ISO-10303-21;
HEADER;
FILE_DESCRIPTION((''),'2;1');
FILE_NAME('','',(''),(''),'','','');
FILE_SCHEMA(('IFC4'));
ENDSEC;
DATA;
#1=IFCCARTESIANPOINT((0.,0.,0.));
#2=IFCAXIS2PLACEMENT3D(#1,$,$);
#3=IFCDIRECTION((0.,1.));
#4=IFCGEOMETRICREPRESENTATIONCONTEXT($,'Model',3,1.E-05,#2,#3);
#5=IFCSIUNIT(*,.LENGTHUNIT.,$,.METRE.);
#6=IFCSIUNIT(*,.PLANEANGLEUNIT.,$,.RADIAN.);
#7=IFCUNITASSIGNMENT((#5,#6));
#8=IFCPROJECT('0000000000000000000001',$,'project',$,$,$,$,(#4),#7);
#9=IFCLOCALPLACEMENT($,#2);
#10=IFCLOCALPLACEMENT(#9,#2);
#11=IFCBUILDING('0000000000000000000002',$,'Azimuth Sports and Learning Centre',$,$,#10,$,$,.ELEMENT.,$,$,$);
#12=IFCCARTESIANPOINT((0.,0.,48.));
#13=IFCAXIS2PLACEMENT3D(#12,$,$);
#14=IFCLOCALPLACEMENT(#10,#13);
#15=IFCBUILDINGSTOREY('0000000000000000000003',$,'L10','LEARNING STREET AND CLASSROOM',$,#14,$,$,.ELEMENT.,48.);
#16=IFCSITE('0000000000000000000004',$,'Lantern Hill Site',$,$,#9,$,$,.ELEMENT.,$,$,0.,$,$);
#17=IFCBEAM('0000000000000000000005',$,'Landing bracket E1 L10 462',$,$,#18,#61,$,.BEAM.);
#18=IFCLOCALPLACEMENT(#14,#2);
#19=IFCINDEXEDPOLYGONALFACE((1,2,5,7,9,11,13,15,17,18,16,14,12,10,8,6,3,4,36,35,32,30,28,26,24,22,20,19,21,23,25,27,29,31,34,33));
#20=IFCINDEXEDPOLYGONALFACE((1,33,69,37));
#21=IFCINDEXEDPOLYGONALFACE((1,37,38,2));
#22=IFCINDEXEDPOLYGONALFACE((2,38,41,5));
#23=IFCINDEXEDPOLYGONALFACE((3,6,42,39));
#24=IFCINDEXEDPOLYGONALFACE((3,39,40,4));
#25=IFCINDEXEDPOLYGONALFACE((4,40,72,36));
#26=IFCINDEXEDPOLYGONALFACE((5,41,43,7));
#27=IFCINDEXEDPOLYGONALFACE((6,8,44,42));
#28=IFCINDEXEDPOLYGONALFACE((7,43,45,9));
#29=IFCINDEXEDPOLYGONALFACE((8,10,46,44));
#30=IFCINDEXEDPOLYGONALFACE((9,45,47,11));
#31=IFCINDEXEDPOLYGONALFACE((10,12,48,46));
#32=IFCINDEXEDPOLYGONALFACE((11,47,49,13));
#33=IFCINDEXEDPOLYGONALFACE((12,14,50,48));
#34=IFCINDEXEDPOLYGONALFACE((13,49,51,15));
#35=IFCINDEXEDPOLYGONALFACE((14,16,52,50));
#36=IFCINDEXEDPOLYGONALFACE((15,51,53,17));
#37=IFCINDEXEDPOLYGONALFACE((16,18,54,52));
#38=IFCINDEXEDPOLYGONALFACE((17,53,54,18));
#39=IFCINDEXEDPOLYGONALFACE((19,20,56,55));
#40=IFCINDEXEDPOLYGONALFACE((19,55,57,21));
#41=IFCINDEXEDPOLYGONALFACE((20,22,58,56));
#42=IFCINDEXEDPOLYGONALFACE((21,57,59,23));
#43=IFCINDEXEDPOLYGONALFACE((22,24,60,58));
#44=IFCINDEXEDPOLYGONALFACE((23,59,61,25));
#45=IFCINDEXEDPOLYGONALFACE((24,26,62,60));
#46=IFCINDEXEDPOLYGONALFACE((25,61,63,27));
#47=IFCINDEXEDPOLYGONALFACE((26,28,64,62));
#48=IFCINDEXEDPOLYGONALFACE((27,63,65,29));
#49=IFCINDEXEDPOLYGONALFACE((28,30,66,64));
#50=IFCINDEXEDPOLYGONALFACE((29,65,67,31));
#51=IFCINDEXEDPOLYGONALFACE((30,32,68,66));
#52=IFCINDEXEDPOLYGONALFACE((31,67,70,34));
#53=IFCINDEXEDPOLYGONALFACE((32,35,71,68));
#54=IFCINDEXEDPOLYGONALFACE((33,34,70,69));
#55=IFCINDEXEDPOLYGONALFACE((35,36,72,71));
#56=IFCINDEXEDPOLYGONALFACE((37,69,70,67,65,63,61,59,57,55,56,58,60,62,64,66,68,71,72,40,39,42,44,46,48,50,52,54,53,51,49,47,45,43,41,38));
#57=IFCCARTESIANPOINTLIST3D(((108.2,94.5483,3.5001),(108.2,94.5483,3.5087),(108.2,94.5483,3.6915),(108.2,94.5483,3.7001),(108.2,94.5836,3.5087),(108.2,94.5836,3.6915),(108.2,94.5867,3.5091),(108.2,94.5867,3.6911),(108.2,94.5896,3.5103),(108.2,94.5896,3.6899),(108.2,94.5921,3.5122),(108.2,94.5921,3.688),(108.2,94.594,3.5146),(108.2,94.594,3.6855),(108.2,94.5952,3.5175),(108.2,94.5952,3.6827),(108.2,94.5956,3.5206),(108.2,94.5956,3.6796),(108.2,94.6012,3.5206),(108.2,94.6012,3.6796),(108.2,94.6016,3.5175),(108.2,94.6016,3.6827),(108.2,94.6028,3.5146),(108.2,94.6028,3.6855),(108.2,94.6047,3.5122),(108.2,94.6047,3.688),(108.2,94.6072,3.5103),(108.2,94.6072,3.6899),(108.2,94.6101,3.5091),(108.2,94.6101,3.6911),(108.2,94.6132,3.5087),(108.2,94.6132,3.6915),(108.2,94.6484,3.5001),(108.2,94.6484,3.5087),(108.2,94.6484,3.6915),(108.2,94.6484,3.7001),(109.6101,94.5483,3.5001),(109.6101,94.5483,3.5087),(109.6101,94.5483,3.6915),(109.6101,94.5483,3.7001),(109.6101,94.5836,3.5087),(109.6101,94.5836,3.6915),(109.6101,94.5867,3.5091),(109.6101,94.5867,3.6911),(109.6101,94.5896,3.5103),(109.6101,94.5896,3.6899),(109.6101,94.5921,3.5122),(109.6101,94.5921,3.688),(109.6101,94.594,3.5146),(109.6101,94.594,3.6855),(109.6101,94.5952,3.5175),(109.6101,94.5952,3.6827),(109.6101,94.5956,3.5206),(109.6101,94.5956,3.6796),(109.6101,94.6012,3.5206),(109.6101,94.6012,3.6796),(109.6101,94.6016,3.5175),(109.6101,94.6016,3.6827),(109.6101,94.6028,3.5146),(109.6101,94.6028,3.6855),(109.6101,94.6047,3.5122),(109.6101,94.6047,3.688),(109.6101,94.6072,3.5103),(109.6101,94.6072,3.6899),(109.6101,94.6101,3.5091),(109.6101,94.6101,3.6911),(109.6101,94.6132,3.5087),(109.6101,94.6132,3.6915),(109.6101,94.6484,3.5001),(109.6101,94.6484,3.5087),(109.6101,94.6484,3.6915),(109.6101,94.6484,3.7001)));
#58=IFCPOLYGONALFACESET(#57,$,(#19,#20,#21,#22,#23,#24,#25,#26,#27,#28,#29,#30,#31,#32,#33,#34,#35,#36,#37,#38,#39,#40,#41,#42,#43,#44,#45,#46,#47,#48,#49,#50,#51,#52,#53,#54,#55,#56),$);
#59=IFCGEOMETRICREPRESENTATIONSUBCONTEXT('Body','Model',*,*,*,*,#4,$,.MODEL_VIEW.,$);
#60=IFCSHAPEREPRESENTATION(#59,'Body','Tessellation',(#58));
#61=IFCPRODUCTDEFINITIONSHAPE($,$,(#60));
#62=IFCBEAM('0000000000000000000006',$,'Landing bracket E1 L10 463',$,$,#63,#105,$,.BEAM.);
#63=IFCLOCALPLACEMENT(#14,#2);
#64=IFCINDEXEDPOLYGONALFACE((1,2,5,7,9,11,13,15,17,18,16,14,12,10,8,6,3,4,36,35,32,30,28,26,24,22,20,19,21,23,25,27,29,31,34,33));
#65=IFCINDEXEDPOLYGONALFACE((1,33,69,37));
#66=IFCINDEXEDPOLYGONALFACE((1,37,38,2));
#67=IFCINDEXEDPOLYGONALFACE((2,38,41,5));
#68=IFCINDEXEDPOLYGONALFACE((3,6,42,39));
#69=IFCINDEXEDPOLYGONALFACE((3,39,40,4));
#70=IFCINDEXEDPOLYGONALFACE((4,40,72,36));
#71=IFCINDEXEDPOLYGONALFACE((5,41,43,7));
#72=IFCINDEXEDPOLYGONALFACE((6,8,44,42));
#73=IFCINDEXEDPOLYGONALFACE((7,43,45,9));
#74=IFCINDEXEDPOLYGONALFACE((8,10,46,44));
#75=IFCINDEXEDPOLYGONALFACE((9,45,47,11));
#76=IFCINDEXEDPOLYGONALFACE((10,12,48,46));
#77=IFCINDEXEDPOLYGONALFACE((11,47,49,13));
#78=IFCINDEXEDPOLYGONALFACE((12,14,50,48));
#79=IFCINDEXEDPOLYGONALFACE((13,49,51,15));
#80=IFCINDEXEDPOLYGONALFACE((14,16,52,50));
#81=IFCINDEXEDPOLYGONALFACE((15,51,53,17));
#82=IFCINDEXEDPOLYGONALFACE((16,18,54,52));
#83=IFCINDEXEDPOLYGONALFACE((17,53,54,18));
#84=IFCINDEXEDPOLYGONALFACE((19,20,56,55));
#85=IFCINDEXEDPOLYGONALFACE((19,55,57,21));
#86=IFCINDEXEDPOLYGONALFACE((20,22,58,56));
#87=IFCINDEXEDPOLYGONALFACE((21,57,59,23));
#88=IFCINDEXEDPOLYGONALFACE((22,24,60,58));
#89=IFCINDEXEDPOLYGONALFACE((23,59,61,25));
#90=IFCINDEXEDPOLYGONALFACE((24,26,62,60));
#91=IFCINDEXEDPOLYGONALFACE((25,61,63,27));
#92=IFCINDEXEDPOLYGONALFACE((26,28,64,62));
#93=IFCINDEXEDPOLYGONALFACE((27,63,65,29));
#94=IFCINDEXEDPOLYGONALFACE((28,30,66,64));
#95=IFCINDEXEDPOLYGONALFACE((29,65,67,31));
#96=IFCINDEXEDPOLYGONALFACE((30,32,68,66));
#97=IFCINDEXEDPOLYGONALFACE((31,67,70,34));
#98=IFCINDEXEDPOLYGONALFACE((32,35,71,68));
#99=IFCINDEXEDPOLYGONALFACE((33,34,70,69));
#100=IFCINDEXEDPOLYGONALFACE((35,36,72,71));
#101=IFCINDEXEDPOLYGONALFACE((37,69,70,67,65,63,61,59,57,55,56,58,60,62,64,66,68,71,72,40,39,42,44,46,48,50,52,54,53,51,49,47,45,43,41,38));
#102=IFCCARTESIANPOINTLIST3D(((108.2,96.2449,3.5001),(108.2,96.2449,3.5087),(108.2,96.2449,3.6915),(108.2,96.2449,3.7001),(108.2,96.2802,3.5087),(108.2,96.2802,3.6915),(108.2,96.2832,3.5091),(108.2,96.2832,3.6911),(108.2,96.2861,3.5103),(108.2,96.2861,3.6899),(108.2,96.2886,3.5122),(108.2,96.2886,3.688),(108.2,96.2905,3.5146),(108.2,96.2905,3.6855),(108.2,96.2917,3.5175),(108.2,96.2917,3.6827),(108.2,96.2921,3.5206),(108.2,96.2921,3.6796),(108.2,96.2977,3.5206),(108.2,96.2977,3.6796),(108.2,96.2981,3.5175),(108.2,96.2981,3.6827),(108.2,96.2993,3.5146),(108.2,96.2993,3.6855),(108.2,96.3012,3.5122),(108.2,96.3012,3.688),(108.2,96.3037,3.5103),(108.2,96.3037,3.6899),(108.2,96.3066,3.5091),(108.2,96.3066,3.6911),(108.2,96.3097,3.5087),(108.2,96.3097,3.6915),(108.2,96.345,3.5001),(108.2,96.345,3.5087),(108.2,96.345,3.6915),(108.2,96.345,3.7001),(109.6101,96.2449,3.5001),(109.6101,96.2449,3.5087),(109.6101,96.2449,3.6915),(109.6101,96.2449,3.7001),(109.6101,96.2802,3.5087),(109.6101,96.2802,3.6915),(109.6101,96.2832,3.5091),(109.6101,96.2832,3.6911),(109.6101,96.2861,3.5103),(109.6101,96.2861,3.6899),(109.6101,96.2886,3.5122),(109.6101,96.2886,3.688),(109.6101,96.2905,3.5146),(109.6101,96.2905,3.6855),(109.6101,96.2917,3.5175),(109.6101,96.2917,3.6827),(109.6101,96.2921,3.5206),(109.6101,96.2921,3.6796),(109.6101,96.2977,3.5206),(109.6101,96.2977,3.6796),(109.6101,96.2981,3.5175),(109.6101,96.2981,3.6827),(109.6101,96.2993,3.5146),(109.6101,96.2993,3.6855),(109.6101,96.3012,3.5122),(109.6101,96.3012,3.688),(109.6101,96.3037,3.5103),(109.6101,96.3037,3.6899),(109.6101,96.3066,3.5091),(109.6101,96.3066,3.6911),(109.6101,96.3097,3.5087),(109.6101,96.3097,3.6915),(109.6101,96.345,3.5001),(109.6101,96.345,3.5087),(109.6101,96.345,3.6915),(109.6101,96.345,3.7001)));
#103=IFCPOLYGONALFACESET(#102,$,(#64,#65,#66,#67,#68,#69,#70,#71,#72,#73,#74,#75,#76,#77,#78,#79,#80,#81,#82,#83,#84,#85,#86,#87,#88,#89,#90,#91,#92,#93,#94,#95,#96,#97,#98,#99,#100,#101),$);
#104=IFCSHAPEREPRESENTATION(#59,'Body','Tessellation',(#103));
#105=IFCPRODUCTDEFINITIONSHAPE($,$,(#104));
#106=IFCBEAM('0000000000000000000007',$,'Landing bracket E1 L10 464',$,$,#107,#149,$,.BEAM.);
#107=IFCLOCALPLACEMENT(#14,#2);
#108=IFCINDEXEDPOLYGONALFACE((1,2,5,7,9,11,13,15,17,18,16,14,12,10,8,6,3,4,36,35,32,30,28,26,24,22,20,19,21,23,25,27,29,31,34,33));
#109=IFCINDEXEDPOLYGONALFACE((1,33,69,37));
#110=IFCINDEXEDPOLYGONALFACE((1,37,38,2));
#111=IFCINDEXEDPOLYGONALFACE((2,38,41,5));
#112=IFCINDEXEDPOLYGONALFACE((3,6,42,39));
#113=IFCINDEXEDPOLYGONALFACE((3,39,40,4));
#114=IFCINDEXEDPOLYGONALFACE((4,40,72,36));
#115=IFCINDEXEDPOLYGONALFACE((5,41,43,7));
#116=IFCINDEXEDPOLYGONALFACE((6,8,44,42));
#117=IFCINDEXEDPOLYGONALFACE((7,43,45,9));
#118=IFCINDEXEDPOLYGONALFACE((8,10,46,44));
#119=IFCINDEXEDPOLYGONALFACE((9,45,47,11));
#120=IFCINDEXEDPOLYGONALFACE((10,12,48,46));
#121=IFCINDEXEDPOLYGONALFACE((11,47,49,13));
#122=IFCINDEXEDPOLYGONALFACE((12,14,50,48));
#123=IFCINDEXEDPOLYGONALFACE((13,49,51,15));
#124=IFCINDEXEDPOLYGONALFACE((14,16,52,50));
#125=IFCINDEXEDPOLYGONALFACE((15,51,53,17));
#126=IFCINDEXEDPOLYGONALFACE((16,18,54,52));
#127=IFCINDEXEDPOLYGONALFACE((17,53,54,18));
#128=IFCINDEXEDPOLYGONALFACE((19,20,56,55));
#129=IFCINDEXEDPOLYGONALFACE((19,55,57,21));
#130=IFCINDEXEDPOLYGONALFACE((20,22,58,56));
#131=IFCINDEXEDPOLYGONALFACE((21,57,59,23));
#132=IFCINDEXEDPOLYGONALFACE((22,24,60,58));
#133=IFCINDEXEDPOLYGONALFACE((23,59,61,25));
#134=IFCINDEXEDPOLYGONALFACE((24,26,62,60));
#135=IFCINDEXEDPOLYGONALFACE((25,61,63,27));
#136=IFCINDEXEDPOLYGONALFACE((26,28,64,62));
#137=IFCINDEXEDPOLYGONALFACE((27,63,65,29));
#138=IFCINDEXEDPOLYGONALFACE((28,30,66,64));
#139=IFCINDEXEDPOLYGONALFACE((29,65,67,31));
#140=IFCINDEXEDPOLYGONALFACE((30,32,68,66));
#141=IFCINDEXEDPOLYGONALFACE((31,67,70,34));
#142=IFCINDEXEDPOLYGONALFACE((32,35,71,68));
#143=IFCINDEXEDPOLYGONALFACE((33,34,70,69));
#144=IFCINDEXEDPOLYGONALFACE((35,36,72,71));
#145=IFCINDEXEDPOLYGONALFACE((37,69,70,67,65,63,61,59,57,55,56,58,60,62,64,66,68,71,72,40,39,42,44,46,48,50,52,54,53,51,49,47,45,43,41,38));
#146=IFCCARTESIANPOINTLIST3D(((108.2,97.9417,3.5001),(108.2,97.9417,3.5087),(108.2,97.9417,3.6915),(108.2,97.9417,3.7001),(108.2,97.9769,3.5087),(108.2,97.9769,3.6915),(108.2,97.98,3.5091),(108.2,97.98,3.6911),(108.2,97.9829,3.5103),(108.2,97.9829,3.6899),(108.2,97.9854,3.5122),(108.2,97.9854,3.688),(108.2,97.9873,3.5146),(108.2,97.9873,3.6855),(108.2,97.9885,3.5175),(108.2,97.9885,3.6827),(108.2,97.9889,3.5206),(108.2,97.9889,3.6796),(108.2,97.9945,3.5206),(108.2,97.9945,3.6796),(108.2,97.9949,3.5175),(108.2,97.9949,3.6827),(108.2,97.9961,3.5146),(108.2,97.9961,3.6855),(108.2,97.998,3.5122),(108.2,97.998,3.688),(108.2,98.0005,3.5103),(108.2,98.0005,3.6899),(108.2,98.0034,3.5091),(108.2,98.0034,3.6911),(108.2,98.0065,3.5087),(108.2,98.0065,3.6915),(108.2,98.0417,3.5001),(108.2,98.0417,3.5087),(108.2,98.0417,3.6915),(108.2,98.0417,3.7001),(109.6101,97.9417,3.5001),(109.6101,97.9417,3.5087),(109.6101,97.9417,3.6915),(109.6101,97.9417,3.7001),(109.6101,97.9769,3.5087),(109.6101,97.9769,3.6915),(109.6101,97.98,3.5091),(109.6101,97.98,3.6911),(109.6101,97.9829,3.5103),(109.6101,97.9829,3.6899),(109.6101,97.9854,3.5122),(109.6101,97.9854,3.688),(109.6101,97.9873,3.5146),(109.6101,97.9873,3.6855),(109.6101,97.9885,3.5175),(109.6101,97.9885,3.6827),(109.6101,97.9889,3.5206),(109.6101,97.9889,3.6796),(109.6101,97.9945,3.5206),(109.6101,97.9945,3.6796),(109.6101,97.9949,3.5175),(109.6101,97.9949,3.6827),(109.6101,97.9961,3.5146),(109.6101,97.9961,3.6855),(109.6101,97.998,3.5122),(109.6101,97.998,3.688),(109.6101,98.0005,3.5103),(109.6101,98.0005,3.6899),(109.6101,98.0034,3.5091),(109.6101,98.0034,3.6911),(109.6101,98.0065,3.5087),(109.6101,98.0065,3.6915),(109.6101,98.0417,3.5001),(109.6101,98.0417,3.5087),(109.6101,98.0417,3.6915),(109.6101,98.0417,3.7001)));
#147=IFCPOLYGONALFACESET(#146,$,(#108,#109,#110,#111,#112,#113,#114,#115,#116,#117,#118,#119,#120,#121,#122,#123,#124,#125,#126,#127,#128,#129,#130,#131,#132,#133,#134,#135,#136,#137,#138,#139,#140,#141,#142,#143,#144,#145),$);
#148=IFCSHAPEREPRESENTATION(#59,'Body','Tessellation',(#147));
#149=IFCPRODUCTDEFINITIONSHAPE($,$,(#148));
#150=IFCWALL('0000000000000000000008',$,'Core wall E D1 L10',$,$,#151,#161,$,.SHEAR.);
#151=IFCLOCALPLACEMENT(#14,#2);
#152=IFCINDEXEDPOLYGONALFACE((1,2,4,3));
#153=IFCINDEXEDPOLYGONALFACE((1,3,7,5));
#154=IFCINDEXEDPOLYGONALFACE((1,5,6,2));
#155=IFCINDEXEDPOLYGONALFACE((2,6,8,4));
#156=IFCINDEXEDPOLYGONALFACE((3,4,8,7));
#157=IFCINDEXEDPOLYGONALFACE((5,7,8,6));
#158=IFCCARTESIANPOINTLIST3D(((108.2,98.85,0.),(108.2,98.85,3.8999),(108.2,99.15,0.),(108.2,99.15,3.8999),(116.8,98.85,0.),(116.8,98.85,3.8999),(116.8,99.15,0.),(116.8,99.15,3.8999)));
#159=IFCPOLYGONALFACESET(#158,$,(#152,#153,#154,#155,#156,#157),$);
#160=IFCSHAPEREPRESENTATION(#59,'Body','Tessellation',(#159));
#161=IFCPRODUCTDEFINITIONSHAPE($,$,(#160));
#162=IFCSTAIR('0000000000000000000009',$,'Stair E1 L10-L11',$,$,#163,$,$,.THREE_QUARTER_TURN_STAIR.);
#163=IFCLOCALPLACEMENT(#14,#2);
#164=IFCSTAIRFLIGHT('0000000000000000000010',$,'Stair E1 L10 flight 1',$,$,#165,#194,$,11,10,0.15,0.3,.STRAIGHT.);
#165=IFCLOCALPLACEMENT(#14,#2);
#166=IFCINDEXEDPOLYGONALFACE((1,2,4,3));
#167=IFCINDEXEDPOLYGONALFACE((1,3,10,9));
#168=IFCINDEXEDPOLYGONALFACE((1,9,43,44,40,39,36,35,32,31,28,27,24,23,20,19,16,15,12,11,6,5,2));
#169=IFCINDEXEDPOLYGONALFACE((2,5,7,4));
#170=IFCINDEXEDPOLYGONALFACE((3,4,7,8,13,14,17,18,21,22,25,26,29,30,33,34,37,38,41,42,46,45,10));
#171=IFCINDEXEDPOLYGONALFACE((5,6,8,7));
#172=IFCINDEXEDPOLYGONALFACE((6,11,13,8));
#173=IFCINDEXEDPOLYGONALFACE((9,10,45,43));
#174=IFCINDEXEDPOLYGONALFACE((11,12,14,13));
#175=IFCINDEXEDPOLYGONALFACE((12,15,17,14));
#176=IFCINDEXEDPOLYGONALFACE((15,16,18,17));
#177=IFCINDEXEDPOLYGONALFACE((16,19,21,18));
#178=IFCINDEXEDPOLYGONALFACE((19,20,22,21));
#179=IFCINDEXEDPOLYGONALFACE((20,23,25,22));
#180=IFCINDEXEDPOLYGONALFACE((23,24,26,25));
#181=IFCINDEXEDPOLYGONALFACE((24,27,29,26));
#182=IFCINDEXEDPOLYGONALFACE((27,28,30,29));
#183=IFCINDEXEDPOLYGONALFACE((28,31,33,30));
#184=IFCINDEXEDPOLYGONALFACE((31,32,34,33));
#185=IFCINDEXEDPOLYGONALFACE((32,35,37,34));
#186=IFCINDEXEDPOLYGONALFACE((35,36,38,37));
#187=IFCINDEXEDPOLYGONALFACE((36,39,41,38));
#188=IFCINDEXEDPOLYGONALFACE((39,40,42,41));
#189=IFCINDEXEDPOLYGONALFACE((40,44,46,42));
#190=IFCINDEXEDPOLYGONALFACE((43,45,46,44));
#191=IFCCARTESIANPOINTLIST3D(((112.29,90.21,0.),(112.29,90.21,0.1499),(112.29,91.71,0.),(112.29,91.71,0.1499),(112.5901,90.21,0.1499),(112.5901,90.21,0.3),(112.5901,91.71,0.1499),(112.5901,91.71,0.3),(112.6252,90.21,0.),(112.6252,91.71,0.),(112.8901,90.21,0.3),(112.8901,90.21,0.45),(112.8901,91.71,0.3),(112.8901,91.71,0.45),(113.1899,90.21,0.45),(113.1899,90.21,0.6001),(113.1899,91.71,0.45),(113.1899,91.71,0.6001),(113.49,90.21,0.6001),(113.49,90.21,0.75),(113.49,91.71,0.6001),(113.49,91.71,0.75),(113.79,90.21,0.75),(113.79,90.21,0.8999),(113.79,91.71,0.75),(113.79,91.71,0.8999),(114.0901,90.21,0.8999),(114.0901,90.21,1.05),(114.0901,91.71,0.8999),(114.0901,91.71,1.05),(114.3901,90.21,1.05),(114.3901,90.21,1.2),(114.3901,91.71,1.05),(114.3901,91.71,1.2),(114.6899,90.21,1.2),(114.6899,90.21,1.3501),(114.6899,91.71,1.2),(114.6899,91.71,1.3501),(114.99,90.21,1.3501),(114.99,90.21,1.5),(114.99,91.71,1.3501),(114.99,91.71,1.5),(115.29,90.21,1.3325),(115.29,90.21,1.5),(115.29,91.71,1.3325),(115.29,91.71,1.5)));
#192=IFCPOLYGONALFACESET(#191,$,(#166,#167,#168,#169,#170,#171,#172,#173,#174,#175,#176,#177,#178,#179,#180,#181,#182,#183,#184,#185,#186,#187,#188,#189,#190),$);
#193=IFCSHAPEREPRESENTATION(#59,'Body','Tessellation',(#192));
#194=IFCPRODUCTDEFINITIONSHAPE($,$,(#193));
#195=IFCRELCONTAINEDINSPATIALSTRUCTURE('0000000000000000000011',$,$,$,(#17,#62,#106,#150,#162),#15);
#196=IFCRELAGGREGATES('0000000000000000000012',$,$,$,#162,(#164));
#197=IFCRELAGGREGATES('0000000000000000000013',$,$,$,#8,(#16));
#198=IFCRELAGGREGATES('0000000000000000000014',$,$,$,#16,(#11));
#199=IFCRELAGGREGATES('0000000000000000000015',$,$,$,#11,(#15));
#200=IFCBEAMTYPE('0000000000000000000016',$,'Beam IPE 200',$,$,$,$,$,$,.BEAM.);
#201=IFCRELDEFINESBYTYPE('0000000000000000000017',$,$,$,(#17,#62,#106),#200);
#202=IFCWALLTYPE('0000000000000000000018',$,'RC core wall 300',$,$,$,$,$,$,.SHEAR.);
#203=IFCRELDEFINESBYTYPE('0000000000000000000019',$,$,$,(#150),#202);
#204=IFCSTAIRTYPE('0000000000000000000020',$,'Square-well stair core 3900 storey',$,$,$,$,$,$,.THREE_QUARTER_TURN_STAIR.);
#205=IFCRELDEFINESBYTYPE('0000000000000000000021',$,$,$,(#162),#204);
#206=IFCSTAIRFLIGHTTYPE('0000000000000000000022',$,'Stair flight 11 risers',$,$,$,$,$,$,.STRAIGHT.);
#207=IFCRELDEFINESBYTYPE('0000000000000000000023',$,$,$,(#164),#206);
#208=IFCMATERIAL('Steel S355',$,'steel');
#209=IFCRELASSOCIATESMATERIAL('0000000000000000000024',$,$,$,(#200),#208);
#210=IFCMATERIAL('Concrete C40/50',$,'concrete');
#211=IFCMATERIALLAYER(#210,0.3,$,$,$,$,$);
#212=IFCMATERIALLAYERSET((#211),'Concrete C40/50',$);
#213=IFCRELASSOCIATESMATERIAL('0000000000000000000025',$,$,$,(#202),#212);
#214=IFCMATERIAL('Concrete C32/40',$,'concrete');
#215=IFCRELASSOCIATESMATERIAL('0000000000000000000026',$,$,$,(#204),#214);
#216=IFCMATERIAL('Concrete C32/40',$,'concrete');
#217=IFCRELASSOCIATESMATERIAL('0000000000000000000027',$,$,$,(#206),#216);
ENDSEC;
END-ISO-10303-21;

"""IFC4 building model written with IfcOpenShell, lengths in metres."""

from ifc_helpers import new_model, si_unit, direction, frame, frame_2d, origin, origin_2d, place, context, subcontext, project, spatial, polyline, rectangle, i_section, outline, extrude, material, layer, layer_set, material_profile, profile_set, type_object, element, aggregate, save


model = new_model("IFC4")

# Units and contexts
model_context = context("Model", 3, precision=1e-05, world=origin(), true_north=direction((0.0, 1.0)))
body_context = subcontext(model_context, "Body", "Model", "MODEL_VIEW")
ifc_project = project(units=[si_unit("LENGTHUNIT", "METRE"), si_unit("PLANEANGLEUNIT", "RADIAN")], contexts=[model_context])

# Site, building, storey
site_placement = place(None, origin())
site = spatial("IfcSite", under=ifc_project, at=site_placement, Name="Lantern Hill Site", CompositionType="ELEMENT", RefElevation=0.0)
building_placement = place(site_placement, origin())
building = spatial("IfcBuilding", under=site, at=building_placement, Name="Azimuth Sports and Learning Centre", CompositionType="ELEMENT")
storey_placement = place(building_placement, frame((0.0, 0.0, 48.0)))
storey = spatial("IfcBuildingStorey", under=building, at=storey_placement, Name="L10", Description="LEARNING STREET AND CLASSROOM", CompositionType="ELEMENT", Elevation=48.0)

# Beams
ifc_material_1 = material(Name="Steel S355", Category="steel")
ifc_material_profile = material_profile(ifc_material_1, i_section(OverallWidth=0.1001, OverallDepth=0.2, WebThickness=0.0056, FlangeThickness=0.0085, FilletRadius=0.012, at=origin_2d()), Name="IPE 200")
ifc_profile_set = profile_set([ifc_material_profile], Name="Steel S355")
beam_type = type_object("IfcBeamType", Name="Beam IPE 200", PredefinedType="BEAM", material=ifc_profile_set)
for number, where, z_axis, x_axis, name in (
    (1, (108.2, 94.5984, 3.6001), (1.0, 0.0, 0.0), (0.0, 1.0, 0.0), "Landing bracket E1 L10 462"),
    (2, (108.2, 96.2949, 3.6001), (1.0, 0.0, 0.0), (0.0, 1.0, 0.0), "Landing bracket E1 L10 463"),
    (3, (108.2, 97.9917, 3.6001), (1.0, 0.0, 0.0), (0.0, 1.0, 0.0), "Landing bracket E1 L10 464"),
):
    element("IfcBeam", number, at=place(storey_placement, frame(where, z_axis=z_axis, x_axis=x_axis)), inside=storey, type_object=beam_type, Name=name, PredefinedType="BEAM", context=body_context, shape_type="SweptSolid", body=[
        extrude(i_section(OverallWidth=0.1001, OverallDepth=0.2, WebThickness=0.0056, FlangeThickness=0.0085, FilletRadius=0.012, at=origin_2d()), origin(), (0.0, 0.0, 1.0), 1.4102),
    ])

# Wall
ifc_material_2 = material(Name="Concrete C40/50", Category="concrete")
ifc_layer_1 = layer(ifc_material_2, 0.3)
ifc_layer_set_1 = layer_set([ifc_layer_1], Name="Concrete C40/50")
wall_type = type_object("IfcWallType", Name="RC core wall 300", PredefinedType="SHEAR", material=ifc_layer_set_1)
wall_placement = place(storey_placement, frame((108.2, 99.0, 0.0), z_axis=(0.0, 0.0, 1.0), x_axis=(1.0, 0.0, 0.0)))
element("IfcWall", 4, at=wall_placement, inside=storey, type_object=wall_type, Name="Core wall E D1 L10", PredefinedType="SHEAR", context=body_context, shape_type="SweptSolid", body=[
    extrude(rectangle(XDim=8.6001, YDim=0.3, at=frame_2d((4.3, 0.0))), origin(), (0.0, 0.0, 1.0), 3.8999),
])

# Stair, stair flight
ifc_material_3 = material(Name="Concrete C32/40", Category="concrete")
stair_type = type_object("IfcStairType", Name="Square-well stair core 3900 storey", PredefinedType="THREE_QUARTER_TURN_STAIR", material=ifc_material_3)
stair_placement = place(storey_placement, origin())
stair = element("IfcStair", 5, at=stair_placement, inside=storey, type_object=stair_type, Name="Stair E1 L10-L11", PredefinedType="THREE_QUARTER_TURN_STAIR")
ifc_material_4 = material(Name="Concrete C32/40", Category="concrete")
stair_flight_type_1 = type_object("IfcStairFlightType", Name="Stair flight 11 risers", PredefinedType="STRAIGHT", material=ifc_material_4)
stair_flight_1_placement = place(storey_placement, frame((112.29, 90.96, 0.0), z_axis=(0.0, 0.0, 1.0), x_axis=(1.0, 0.0, 0.0)))
stair_flight_1 = element("IfcStairFlight", 6, at=stair_flight_1_placement, type_object=stair_flight_type_1, Name="Stair E1 L10 flight 1", NumberOfRisers=11, NumberOfTreads=10, PredefinedType="STRAIGHT", RiserHeight=0.15, TreadLength=0.3, context=body_context, shape_type="SweptSolid", body=[
    extrude(outline(polyline([(0.0, 0.0), (0.0, 0.1499), (0.3, 0.1499), (0.3, 0.3), (0.6001, 0.3), (0.6001, 0.45), (0.8999, 0.45), (0.8999, 0.6001), (1.2, 0.6001), (1.2, 0.75), (1.5, 0.75), (1.5, 0.8999), (1.8, 0.8999), (1.8, 1.05), (2.1001, 1.05), (2.1001, 1.2), (2.3999, 1.2), (2.3999, 1.3501), (2.7, 1.3501), (2.7, 1.5), (3.0, 1.5), (3.0, 1.6499), (3.0, 1.3325), (0.3352, 0.0), (0.0, 0.0)])), frame((0.0, 0.75, 0.0), z_axis=(0.0, -1.0, 0.0), x_axis=(1.0, 0.0, 0.0)), (0.0, 0.0, 1.0), 1.5),
])
aggregate(stair, [stair_flight_1])

save(model, "model.ifc")
